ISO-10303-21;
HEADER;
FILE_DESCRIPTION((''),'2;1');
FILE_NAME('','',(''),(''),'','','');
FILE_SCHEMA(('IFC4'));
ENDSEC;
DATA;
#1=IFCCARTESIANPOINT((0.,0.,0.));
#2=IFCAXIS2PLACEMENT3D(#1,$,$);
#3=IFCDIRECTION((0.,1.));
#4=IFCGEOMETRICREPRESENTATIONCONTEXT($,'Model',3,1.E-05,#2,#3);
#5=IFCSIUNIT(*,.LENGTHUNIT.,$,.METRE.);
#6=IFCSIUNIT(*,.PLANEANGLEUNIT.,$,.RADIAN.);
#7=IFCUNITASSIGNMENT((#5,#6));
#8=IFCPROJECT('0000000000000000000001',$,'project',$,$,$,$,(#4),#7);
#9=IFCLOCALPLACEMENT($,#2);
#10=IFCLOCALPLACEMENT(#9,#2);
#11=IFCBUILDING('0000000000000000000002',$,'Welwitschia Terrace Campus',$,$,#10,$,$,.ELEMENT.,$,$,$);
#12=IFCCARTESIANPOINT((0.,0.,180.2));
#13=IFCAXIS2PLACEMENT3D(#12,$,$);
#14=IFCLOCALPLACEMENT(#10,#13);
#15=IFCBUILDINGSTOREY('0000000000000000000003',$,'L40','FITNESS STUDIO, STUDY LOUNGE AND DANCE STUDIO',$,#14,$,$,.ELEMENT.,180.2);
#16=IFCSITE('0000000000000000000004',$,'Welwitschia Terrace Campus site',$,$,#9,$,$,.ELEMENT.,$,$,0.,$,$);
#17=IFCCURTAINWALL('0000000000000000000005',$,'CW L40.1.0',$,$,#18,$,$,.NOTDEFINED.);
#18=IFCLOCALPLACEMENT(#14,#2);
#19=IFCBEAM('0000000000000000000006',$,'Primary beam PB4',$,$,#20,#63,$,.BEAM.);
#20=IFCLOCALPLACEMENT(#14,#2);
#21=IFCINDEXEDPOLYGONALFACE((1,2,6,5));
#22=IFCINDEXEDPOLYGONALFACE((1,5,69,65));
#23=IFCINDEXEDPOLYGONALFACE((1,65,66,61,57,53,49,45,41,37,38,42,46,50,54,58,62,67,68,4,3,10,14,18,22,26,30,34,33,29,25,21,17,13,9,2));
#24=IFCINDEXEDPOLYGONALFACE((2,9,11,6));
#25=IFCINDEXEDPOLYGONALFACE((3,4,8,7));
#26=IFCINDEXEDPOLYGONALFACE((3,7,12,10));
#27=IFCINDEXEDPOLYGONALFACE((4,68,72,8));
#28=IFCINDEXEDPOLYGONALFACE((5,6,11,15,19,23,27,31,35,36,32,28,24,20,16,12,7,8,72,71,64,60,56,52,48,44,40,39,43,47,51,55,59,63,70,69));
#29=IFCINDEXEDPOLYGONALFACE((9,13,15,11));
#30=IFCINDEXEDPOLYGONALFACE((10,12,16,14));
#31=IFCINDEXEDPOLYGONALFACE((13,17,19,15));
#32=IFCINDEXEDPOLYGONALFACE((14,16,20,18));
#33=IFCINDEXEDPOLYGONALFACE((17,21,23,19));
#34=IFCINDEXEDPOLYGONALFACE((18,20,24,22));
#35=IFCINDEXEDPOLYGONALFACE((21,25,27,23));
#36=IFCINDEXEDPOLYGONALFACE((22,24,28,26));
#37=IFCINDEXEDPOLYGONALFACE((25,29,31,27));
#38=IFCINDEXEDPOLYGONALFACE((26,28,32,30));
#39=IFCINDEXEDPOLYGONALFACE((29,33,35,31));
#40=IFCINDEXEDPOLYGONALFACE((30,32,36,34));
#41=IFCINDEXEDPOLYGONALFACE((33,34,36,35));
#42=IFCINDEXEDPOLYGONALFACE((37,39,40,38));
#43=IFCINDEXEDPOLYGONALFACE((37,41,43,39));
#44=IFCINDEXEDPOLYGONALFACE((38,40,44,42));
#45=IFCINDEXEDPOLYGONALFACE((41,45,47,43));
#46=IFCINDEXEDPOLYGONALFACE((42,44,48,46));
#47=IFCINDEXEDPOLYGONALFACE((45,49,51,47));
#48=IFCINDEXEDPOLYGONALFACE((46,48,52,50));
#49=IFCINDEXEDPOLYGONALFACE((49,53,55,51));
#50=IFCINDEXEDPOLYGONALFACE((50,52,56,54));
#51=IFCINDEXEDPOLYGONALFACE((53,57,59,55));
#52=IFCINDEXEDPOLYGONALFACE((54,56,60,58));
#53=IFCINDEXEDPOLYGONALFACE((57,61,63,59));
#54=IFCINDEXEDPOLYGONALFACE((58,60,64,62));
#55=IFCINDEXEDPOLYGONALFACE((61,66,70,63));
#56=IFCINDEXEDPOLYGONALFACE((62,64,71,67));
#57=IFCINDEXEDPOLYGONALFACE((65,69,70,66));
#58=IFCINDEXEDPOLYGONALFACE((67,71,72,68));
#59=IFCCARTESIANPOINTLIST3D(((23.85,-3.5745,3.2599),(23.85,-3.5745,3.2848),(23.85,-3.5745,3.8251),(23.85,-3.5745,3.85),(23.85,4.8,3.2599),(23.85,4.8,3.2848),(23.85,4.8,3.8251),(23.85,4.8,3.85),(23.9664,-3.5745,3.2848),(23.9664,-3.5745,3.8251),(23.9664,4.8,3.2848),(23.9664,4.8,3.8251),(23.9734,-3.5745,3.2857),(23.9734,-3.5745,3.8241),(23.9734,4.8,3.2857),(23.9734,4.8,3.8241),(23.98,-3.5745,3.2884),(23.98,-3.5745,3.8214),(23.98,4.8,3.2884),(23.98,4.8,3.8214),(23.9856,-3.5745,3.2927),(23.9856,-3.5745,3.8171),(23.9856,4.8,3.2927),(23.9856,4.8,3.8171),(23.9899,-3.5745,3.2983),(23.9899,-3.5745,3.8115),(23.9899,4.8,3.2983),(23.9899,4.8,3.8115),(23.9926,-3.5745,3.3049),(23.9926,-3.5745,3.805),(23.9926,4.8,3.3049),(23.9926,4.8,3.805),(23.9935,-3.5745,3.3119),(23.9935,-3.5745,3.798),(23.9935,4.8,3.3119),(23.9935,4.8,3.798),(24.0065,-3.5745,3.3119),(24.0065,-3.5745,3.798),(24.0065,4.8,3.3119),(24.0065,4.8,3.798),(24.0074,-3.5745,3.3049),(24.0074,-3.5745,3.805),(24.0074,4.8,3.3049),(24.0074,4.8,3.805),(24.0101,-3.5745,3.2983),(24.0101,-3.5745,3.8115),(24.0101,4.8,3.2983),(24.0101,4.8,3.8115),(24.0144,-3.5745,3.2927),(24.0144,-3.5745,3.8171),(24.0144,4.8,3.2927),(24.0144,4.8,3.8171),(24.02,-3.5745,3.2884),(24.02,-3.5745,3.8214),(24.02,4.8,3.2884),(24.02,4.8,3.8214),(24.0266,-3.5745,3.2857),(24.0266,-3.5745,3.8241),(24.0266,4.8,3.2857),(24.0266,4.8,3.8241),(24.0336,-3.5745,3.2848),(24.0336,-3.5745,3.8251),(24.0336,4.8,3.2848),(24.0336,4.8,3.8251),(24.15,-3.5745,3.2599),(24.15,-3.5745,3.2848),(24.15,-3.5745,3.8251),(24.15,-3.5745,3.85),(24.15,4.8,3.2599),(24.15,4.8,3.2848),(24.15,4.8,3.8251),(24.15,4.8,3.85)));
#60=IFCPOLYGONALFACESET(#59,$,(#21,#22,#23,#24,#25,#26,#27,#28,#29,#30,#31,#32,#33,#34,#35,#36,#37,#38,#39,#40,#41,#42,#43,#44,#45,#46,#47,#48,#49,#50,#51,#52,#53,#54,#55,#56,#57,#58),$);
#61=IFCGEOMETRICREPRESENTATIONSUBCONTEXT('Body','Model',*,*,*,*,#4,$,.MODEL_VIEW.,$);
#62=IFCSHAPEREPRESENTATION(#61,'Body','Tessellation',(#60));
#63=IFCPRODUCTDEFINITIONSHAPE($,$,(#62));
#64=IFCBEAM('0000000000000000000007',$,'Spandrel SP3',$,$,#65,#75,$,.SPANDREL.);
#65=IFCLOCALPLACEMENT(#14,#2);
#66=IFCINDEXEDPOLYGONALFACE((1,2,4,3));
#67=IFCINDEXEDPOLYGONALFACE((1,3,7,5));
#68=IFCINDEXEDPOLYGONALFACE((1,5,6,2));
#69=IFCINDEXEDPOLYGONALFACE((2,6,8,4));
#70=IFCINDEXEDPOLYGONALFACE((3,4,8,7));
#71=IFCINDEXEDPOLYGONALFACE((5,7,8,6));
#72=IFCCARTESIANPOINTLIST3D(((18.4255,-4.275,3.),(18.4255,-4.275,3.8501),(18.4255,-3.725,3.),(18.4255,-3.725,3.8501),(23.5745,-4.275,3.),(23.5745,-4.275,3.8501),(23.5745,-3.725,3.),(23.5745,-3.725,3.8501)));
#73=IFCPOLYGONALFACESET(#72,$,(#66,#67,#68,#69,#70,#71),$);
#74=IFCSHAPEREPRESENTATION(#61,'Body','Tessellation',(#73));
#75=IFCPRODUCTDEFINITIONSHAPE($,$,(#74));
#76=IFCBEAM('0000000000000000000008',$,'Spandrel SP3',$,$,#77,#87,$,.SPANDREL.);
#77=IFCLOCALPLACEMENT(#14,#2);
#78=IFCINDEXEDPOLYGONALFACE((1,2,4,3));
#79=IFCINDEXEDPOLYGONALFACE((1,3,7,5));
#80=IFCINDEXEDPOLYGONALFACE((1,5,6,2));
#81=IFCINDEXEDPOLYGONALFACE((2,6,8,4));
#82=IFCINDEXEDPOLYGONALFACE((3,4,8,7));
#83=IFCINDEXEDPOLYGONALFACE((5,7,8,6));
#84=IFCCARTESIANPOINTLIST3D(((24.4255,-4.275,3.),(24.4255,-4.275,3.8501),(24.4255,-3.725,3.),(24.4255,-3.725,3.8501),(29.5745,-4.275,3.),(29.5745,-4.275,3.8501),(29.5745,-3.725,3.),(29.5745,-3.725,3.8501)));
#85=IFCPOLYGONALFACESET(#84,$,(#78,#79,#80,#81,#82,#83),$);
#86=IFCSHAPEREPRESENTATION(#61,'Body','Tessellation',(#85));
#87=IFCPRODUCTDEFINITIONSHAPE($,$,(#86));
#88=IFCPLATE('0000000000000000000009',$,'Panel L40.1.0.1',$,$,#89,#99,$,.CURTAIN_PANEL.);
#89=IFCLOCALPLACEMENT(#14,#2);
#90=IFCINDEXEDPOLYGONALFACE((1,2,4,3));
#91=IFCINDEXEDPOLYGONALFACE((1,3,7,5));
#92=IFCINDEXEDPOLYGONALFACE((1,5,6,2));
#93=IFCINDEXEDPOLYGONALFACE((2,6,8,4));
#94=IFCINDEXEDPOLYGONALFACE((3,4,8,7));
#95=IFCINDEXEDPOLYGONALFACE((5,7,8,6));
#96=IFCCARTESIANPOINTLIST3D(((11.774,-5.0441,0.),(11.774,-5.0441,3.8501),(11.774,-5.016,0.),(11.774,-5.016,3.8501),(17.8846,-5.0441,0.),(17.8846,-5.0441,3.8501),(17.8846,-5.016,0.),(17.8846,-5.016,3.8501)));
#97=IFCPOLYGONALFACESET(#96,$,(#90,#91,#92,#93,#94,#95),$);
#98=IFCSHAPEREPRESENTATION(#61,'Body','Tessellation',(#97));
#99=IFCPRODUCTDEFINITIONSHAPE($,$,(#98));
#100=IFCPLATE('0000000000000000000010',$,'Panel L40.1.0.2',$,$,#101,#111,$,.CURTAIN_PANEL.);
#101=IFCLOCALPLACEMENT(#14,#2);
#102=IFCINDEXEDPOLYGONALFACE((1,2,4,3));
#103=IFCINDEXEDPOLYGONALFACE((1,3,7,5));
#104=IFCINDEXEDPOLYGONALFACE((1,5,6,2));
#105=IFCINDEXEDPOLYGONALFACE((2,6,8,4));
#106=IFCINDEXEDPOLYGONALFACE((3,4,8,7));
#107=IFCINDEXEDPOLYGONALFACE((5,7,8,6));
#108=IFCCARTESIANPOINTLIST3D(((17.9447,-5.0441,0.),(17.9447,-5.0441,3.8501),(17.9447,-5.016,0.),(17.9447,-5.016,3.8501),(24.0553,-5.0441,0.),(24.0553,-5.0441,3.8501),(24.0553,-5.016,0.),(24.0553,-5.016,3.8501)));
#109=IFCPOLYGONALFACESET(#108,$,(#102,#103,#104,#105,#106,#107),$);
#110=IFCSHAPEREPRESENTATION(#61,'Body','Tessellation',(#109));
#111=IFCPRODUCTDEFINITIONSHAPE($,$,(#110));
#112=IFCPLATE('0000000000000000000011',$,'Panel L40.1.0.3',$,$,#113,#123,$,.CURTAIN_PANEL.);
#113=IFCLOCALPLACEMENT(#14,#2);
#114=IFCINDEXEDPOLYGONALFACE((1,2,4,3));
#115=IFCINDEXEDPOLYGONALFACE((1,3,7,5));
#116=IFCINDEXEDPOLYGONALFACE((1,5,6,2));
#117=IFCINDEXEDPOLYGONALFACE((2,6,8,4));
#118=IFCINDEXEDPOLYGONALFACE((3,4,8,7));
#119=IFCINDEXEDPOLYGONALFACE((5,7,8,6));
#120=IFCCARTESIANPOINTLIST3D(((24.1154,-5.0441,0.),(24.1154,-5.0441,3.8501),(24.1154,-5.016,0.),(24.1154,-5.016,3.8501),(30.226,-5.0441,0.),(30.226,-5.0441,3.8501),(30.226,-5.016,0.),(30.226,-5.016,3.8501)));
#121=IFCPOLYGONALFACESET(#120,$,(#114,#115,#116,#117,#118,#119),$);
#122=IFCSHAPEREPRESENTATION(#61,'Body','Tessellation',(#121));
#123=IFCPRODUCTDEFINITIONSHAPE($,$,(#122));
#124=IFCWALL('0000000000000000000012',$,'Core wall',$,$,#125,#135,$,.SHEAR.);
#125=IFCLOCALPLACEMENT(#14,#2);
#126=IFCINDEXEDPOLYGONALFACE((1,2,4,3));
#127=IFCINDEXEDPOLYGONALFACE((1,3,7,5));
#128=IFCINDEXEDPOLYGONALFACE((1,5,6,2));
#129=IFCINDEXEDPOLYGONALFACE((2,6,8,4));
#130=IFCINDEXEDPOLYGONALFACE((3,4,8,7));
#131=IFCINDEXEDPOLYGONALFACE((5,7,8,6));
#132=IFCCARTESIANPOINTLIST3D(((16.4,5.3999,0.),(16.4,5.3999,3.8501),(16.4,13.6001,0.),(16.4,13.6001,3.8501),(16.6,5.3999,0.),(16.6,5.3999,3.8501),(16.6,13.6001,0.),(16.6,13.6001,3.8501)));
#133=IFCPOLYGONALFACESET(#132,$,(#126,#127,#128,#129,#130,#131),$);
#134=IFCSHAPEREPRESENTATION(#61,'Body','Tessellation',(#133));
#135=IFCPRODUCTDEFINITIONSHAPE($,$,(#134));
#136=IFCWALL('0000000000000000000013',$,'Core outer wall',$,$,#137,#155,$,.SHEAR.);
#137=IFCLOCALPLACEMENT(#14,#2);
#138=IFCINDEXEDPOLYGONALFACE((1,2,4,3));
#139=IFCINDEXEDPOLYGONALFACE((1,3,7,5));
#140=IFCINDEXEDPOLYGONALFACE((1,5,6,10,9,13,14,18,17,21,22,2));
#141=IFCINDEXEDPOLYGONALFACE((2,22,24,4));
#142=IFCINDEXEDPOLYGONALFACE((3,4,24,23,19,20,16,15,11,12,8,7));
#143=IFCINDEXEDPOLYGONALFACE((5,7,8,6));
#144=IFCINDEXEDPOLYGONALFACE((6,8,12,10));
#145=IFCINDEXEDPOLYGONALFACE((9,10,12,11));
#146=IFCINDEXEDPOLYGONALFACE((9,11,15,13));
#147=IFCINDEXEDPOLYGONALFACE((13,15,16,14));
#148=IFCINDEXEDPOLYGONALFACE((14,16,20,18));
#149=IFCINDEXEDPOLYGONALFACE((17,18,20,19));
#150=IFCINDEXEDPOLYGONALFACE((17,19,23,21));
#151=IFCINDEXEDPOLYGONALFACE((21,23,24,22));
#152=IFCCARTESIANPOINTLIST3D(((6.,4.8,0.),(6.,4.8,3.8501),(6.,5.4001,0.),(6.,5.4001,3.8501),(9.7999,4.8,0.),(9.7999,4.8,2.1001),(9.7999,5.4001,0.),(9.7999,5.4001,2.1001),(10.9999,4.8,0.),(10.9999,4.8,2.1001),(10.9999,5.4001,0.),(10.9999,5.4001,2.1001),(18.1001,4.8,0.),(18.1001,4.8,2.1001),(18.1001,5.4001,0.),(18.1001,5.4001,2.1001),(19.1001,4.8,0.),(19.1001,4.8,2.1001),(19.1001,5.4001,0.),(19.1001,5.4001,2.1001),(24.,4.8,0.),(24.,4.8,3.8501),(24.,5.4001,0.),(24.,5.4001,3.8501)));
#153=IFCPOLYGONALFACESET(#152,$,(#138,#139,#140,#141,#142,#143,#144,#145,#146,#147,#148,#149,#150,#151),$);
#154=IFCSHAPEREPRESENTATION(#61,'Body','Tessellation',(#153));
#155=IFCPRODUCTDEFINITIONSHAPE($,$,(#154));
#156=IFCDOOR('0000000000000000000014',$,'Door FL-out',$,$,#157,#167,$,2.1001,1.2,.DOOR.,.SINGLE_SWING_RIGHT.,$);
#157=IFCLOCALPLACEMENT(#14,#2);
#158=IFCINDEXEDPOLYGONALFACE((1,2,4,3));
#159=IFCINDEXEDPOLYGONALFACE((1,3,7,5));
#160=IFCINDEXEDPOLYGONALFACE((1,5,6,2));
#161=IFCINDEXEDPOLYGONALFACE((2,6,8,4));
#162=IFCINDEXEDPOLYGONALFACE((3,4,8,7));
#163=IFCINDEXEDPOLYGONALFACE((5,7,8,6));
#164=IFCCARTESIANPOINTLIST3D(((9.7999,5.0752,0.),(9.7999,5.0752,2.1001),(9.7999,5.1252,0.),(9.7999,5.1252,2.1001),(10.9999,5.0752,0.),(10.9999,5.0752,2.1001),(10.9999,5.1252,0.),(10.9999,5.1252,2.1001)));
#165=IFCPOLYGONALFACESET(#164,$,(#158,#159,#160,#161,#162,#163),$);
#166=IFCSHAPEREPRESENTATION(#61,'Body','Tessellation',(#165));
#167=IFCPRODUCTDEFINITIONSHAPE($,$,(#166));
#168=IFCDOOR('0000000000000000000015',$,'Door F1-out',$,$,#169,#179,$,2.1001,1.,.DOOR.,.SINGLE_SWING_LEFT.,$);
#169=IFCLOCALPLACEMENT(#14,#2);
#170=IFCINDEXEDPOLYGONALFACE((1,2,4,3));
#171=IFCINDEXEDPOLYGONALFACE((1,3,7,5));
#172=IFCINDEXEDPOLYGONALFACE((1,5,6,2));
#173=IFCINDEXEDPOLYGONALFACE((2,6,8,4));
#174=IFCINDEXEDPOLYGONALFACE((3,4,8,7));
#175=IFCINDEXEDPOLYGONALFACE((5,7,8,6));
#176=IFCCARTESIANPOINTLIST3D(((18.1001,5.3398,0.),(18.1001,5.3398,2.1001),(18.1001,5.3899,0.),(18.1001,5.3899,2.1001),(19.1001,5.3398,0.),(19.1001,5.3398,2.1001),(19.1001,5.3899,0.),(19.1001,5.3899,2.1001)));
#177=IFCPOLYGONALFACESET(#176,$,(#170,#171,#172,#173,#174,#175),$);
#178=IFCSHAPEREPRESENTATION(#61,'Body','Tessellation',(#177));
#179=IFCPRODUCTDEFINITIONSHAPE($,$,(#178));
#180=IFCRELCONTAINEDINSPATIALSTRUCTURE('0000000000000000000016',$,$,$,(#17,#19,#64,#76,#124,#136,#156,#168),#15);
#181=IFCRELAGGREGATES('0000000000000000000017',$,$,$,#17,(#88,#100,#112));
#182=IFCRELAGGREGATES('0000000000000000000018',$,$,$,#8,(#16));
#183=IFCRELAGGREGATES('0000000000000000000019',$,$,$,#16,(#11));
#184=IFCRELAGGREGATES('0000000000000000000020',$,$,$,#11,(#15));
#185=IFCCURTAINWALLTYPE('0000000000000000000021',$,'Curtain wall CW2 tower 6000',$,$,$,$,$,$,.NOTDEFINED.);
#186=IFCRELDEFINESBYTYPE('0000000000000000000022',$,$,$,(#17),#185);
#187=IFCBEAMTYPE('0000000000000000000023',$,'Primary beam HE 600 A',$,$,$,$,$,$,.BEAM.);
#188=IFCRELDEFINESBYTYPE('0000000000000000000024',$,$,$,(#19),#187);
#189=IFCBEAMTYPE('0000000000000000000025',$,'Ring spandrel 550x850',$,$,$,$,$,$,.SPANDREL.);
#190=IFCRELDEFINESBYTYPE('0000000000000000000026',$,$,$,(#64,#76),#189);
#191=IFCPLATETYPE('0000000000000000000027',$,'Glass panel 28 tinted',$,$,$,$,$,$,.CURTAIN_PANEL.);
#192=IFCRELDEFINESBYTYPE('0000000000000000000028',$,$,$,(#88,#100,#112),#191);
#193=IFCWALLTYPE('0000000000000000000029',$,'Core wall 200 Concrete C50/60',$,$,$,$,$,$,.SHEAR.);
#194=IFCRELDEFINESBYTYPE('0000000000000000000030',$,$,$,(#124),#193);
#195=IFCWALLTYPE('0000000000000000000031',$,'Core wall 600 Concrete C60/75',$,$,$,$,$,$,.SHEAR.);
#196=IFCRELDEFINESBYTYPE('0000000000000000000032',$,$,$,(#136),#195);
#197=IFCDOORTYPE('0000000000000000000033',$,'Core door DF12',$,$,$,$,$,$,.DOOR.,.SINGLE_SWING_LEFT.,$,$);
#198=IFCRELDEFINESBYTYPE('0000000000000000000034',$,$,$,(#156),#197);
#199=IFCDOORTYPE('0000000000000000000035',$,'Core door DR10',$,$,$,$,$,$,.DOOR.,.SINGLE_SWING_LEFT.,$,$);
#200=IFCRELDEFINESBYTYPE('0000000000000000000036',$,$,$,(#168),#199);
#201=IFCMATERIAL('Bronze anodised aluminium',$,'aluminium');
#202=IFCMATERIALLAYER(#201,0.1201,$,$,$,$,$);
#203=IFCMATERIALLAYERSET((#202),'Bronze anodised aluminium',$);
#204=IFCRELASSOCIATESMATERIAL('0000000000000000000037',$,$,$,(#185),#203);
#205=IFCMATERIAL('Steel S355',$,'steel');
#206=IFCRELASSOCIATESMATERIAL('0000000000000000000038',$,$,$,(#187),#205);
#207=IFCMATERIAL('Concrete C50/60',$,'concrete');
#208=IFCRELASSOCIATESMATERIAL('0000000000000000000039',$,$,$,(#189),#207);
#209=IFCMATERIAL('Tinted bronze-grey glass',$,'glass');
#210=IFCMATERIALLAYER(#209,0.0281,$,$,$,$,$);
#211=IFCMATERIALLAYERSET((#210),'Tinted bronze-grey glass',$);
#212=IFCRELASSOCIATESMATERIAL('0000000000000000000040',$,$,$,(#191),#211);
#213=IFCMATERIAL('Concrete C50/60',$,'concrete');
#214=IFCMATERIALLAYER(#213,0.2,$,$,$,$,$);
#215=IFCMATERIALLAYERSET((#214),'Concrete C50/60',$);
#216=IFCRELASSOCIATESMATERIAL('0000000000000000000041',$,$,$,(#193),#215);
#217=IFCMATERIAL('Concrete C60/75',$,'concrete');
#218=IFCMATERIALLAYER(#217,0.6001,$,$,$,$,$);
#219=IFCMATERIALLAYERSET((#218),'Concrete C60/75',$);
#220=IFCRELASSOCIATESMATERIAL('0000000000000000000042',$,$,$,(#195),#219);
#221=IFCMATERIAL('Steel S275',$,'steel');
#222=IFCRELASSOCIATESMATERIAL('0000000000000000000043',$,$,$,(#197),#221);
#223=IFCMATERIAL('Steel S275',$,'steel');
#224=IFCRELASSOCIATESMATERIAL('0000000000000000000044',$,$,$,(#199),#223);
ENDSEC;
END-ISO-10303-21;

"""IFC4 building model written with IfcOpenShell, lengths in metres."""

from ifc_helpers import new_model, si_unit, direction, frame, frame_2d, origin, origin_2d, place, context, subcontext, project, spatial, rectangle, i_section, extrude, material, layer, layer_set, material_profile, profile_set, type_object, element, fill, aggregate, save


model = new_model("IFC4")

# Units and contexts
model_context = context("Model", 3, precision=1e-05, world=origin(), true_north=direction((0.0, 1.0)))
body_context = subcontext(model_context, "Body", "Model", "MODEL_VIEW")
ifc_project = project(units=[si_unit("LENGTHUNIT", "METRE"), si_unit("PLANEANGLEUNIT", "RADIAN")], contexts=[model_context])

# Site, building, storey
site_placement = place(None, origin())
site = spatial("IfcSite", under=ifc_project, at=site_placement, Name="Welwitschia Terrace Campus site", CompositionType="ELEMENT", RefElevation=0.0)
building_placement = place(site_placement, origin())
building = spatial("IfcBuilding", under=site, at=building_placement, Name="Welwitschia Terrace Campus", CompositionType="ELEMENT")
storey_placement = place(building_placement, frame((0.0, 0.0, 180.2)))
storey = spatial("IfcBuildingStorey", under=building, at=storey_placement, Name="L40", Description="FITNESS STUDIO, STUDY LOUNGE AND DANCE STUDIO", CompositionType="ELEMENT", Elevation=180.2)

# Curtain wall
ifc_material_1 = material(Name="Bronze anodised aluminium", Category="aluminium")
ifc_layer_1 = layer(ifc_material_1, 0.1201)
ifc_layer_set_1 = layer_set([ifc_layer_1], Name="Bronze anodised aluminium")
curtain_wall_type = type_object("IfcCurtainWallType", Name="Curtain wall CW2 tower 6000", PredefinedType="NOTDEFINED", material=ifc_layer_set_1)
curtain_wall_placement = place(storey_placement, origin())
curtain_wall = element("IfcCurtainWall", 1, at=curtain_wall_placement, inside=storey, type_object=curtain_wall_type, Name="CW L40.1.0", PredefinedType="NOTDEFINED")

# Beams
ifc_material_2 = material(Name="Steel S355", Category="steel")
ifc_material_profile_1 = material_profile(ifc_material_2, i_section(OverallWidth=0.3, OverallDepth=0.5901, WebThickness=0.0129, FlangeThickness=0.0249, FilletRadius=0.0271, at=origin_2d()))
ifc_profile_set_1 = profile_set([ifc_material_profile_1], Name="Steel S355")
beam_type_1 = type_object("IfcBeamType", Name="Primary beam HE 600 A", PredefinedType="BEAM", material=ifc_profile_set_1)
beam_1_placement = place(storey_placement, frame((24.0, -3.5745, 3.5549), z_axis=(0.0, 1.0, 0.0), x_axis=(-1.0, 0.0, 0.0)))
element("IfcBeam", 2, at=beam_1_placement, inside=storey, type_object=beam_type_1, Name="Primary beam PB4", PredefinedType="BEAM", context=body_context, shape_type="SweptSolid", body=[
    extrude(i_section(OverallWidth=0.3, OverallDepth=0.5901, WebThickness=0.0129, FlangeThickness=0.0249, FilletRadius=0.0271, at=origin_2d()), origin(), (0.0, 0.0, 1.0), 8.3745),
])
ifc_material_3 = material(Name="Concrete C50/60", Category="concrete")
ifc_material_profile_2 = material_profile(ifc_material_3, rectangle(XDim=0.55, YDim=0.8501, at=origin_2d()))
ifc_profile_set_2 = profile_set([ifc_material_profile_2], Name="Concrete C50/60")
beam_type_2 = type_object("IfcBeamType", Name="Ring spandrel 550x850", PredefinedType="SPANDREL", material=ifc_profile_set_2)
for number, where, z_axis, x_axis, name in (
    (3, (18.4255, -4.0, 3.425), (1.0, 0.0, 0.0), (0.0, 1.0, 0.0), "Spandrel SP3"),
    (4, (24.4255, -4.0, 3.425), (1.0, 0.0, 0.0), (0.0, 1.0, 0.0), "Spandrel SP3"),
):
    element("IfcBeam", number, at=place(storey_placement, frame(where, z_axis=z_axis, x_axis=x_axis)), inside=storey, type_object=beam_type_2, Name=name, PredefinedType="SPANDREL", context=body_context, shape_type="SweptSolid", body=[
        extrude(rectangle(XDim=0.55, YDim=0.8501, at=origin_2d()), origin(), (0.0, 0.0, 1.0), 5.1489),
    ])

# Plates
ifc_material_4 = material(Name="Tinted bronze-grey glass", Category="glass")
ifc_layer_2 = layer(ifc_material_4, 0.0281)
ifc_layer_set_2 = layer_set([ifc_layer_2], Name="Tinted bronze-grey glass")
plate_type = type_object("IfcPlateType", Name="Glass panel 28 tinted", PredefinedType="CURTAIN_PANEL", material=ifc_layer_set_2)
plate_1_placement = place(storey_placement, frame((14.8293, -5.03, 0.0), z_axis=(0.0, 0.0, 1.0), x_axis=(1.0, 0.0, 0.0)))
plate_1 = element("IfcPlate", 5, at=plate_1_placement, type_object=plate_type, Name="Panel L40.1.0.1", PredefinedType="CURTAIN_PANEL", context=body_context, shape_type="SweptSolid", body=[
    extrude(rectangle(XDim=6.1106, YDim=0.0281, at=origin_2d()), origin(), (0.0, 0.0, 1.0), 3.8501),
])
plate_2_placement = place(storey_placement, frame((21.0, -5.03, 0.0), z_axis=(0.0, 0.0, 1.0), x_axis=(1.0, 0.0, 0.0)))
plate_2 = element("IfcPlate", 6, at=plate_2_placement, type_object=plate_type, Name="Panel L40.1.0.2", PredefinedType="CURTAIN_PANEL", context=body_context, shape_type="SweptSolid", body=[
    extrude(rectangle(XDim=6.1106, YDim=0.0281, at=origin_2d()), origin(), (0.0, 0.0, 1.0), 3.8501),
])
plate_3_placement = place(storey_placement, frame((27.1707, -5.03, 0.0), z_axis=(0.0, 0.0, 1.0), x_axis=(1.0, 0.0, 0.0)))
plate_3 = element("IfcPlate", 7, at=plate_3_placement, type_object=plate_type, Name="Panel L40.1.0.3", PredefinedType="CURTAIN_PANEL", context=body_context, shape_type="SweptSolid", body=[
    extrude(rectangle(XDim=6.1106, YDim=0.0281, at=origin_2d()), origin(), (0.0, 0.0, 1.0), 3.8501),
])
aggregate(curtain_wall, [plate_1, plate_2, plate_3])

# Wall
ifc_material_5 = material(Name="Concrete C50/60", Category="concrete")
ifc_layer_3 = layer(ifc_material_5, 0.2)
ifc_layer_set_3 = layer_set([ifc_layer_3], Name="Concrete C50/60")
wall_type_1 = type_object("IfcWallType", Name="Core wall 200 Concrete C50/60", PredefinedType="SHEAR", material=ifc_layer_set_3)
wall_1_placement = place(storey_placement, frame((16.5, 5.3999, 0.0), z_axis=(0.0, 0.0, 1.0), x_axis=(0.0, 1.0, 0.0)))
element("IfcWall", 8, at=wall_1_placement, inside=storey, type_object=wall_type_1, Name="Core wall", PredefinedType="SHEAR", context=body_context, shape_type="SweptSolid", body=[
    extrude(rectangle(XDim=8.2002, YDim=0.2, at=frame_2d((4.1001, 0.0))), origin(), (0.0, 0.0, 1.0), 3.8501),
])

# Wall, openings, doors
ifc_material_6 = material(Name="Concrete C60/75", Category="concrete")
ifc_layer_4 = layer(ifc_material_6, 0.6001)
ifc_layer_set_4 = layer_set([ifc_layer_4], Name="Concrete C60/75")
wall_type_2 = type_object("IfcWallType", Name="Core wall 600 Concrete C60/75", PredefinedType="SHEAR", material=ifc_layer_set_4)
wall_2_placement = place(storey_placement, frame((24.0, 5.1001, 0.0), z_axis=(0.0, 0.0, 1.0), x_axis=(-1.0, 0.0, 0.0)))
wall_2 = element("IfcWall", 9, at=wall_2_placement, inside=storey, type_object=wall_type_2, Name="Core outer wall", PredefinedType="SHEAR", context=body_context, shape_type="SweptSolid", body=[
    extrude(rectangle(XDim=18.0, YDim=0.6001, at=frame_2d((9.0, 0.0))), origin(), (0.0, 0.0, 1.0), 3.8501),
])
opening_1_placement = place(wall_2_placement, frame((13.0, 0.0, 0.0)))
opening_1 = element("IfcOpeningElement", 10, at=opening_1_placement, cuts=wall_2, PredefinedType="OPENING", context=body_context, shape_type="SweptSolid", body=[
    extrude(rectangle(XDim=1.2, YDim=2.1001, at=frame_2d((0.6001, 1.05))), frame((0.0, 0.3101, 0.0), z_axis=(0.0, -1.0, 0.0), x_axis=(1.0, 0.0, 0.0)), (0.0, 0.0, 1.0), 0.6201),
])
opening_2_placement = place(wall_2_placement, frame((4.8999, 0.0, 0.0)))
opening_2 = element("IfcOpeningElement", 11, at=opening_2_placement, cuts=wall_2, PredefinedType="OPENING", context=body_context, shape_type="SweptSolid", body=[
    extrude(rectangle(XDim=1.0, YDim=2.1001, at=frame_2d((0.5, 1.05))), frame((0.0, 0.3101, 0.0), z_axis=(0.0, -1.0, 0.0), x_axis=(1.0, 0.0, 0.0)), (0.0, 0.0, 1.0), 0.6201),
])
ifc_material_7 = material(Name="Steel S275", Category="steel")
door_type_1 = type_object("IfcDoorType", Name="Core door DF12", OperationType="SINGLE_SWING_LEFT", PredefinedType="DOOR", material=ifc_material_7)
door_1_placement = place(opening_1_placement, origin())
door_1 = element("IfcDoor", 12, at=door_1_placement, inside=storey, type_object=door_type_1, Name="Door FL-out", OperationType="SINGLE_SWING_RIGHT", OverallHeight=2.1001, OverallWidth=1.2, PredefinedType="DOOR", context=body_context, shape_type="SweptSolid", body=[
    extrude(rectangle(XDim=1.2, YDim=2.1001, at=frame_2d((0.6001, 1.05))), frame((0.0, 0.0249, 0.0), z_axis=(0.0, -1.0, 0.0), x_axis=(1.0, 0.0, 0.0)), (0.0, 0.0, 1.0), 0.05),
])
fill(opening_1, door_1)
ifc_material_8 = material(Name="Steel S275", Category="steel")
door_type_2 = type_object("IfcDoorType", Name="Core door DR10", OperationType="SINGLE_SWING_LEFT", PredefinedType="DOOR", material=ifc_material_8)
door_2_placement = place(opening_2_placement, origin())
door_2 = element("IfcDoor", 13, at=door_2_placement, inside=storey, type_object=door_type_2, Name="Door F1-out", OperationType="SINGLE_SWING_LEFT", OverallHeight=2.1001, OverallWidth=1.0, PredefinedType="DOOR", context=body_context, shape_type="SweptSolid", body=[
    extrude(rectangle(XDim=1.0, YDim=2.1001, at=frame_2d((0.5, 1.05))), frame((0.0, -0.2397, 0.0), z_axis=(0.0, -1.0, 0.0), x_axis=(1.0, 0.0, 0.0)), (0.0, 0.0, 1.0), 0.05),
])
fill(opening_2, door_2)

save(model, "model.ifc")
